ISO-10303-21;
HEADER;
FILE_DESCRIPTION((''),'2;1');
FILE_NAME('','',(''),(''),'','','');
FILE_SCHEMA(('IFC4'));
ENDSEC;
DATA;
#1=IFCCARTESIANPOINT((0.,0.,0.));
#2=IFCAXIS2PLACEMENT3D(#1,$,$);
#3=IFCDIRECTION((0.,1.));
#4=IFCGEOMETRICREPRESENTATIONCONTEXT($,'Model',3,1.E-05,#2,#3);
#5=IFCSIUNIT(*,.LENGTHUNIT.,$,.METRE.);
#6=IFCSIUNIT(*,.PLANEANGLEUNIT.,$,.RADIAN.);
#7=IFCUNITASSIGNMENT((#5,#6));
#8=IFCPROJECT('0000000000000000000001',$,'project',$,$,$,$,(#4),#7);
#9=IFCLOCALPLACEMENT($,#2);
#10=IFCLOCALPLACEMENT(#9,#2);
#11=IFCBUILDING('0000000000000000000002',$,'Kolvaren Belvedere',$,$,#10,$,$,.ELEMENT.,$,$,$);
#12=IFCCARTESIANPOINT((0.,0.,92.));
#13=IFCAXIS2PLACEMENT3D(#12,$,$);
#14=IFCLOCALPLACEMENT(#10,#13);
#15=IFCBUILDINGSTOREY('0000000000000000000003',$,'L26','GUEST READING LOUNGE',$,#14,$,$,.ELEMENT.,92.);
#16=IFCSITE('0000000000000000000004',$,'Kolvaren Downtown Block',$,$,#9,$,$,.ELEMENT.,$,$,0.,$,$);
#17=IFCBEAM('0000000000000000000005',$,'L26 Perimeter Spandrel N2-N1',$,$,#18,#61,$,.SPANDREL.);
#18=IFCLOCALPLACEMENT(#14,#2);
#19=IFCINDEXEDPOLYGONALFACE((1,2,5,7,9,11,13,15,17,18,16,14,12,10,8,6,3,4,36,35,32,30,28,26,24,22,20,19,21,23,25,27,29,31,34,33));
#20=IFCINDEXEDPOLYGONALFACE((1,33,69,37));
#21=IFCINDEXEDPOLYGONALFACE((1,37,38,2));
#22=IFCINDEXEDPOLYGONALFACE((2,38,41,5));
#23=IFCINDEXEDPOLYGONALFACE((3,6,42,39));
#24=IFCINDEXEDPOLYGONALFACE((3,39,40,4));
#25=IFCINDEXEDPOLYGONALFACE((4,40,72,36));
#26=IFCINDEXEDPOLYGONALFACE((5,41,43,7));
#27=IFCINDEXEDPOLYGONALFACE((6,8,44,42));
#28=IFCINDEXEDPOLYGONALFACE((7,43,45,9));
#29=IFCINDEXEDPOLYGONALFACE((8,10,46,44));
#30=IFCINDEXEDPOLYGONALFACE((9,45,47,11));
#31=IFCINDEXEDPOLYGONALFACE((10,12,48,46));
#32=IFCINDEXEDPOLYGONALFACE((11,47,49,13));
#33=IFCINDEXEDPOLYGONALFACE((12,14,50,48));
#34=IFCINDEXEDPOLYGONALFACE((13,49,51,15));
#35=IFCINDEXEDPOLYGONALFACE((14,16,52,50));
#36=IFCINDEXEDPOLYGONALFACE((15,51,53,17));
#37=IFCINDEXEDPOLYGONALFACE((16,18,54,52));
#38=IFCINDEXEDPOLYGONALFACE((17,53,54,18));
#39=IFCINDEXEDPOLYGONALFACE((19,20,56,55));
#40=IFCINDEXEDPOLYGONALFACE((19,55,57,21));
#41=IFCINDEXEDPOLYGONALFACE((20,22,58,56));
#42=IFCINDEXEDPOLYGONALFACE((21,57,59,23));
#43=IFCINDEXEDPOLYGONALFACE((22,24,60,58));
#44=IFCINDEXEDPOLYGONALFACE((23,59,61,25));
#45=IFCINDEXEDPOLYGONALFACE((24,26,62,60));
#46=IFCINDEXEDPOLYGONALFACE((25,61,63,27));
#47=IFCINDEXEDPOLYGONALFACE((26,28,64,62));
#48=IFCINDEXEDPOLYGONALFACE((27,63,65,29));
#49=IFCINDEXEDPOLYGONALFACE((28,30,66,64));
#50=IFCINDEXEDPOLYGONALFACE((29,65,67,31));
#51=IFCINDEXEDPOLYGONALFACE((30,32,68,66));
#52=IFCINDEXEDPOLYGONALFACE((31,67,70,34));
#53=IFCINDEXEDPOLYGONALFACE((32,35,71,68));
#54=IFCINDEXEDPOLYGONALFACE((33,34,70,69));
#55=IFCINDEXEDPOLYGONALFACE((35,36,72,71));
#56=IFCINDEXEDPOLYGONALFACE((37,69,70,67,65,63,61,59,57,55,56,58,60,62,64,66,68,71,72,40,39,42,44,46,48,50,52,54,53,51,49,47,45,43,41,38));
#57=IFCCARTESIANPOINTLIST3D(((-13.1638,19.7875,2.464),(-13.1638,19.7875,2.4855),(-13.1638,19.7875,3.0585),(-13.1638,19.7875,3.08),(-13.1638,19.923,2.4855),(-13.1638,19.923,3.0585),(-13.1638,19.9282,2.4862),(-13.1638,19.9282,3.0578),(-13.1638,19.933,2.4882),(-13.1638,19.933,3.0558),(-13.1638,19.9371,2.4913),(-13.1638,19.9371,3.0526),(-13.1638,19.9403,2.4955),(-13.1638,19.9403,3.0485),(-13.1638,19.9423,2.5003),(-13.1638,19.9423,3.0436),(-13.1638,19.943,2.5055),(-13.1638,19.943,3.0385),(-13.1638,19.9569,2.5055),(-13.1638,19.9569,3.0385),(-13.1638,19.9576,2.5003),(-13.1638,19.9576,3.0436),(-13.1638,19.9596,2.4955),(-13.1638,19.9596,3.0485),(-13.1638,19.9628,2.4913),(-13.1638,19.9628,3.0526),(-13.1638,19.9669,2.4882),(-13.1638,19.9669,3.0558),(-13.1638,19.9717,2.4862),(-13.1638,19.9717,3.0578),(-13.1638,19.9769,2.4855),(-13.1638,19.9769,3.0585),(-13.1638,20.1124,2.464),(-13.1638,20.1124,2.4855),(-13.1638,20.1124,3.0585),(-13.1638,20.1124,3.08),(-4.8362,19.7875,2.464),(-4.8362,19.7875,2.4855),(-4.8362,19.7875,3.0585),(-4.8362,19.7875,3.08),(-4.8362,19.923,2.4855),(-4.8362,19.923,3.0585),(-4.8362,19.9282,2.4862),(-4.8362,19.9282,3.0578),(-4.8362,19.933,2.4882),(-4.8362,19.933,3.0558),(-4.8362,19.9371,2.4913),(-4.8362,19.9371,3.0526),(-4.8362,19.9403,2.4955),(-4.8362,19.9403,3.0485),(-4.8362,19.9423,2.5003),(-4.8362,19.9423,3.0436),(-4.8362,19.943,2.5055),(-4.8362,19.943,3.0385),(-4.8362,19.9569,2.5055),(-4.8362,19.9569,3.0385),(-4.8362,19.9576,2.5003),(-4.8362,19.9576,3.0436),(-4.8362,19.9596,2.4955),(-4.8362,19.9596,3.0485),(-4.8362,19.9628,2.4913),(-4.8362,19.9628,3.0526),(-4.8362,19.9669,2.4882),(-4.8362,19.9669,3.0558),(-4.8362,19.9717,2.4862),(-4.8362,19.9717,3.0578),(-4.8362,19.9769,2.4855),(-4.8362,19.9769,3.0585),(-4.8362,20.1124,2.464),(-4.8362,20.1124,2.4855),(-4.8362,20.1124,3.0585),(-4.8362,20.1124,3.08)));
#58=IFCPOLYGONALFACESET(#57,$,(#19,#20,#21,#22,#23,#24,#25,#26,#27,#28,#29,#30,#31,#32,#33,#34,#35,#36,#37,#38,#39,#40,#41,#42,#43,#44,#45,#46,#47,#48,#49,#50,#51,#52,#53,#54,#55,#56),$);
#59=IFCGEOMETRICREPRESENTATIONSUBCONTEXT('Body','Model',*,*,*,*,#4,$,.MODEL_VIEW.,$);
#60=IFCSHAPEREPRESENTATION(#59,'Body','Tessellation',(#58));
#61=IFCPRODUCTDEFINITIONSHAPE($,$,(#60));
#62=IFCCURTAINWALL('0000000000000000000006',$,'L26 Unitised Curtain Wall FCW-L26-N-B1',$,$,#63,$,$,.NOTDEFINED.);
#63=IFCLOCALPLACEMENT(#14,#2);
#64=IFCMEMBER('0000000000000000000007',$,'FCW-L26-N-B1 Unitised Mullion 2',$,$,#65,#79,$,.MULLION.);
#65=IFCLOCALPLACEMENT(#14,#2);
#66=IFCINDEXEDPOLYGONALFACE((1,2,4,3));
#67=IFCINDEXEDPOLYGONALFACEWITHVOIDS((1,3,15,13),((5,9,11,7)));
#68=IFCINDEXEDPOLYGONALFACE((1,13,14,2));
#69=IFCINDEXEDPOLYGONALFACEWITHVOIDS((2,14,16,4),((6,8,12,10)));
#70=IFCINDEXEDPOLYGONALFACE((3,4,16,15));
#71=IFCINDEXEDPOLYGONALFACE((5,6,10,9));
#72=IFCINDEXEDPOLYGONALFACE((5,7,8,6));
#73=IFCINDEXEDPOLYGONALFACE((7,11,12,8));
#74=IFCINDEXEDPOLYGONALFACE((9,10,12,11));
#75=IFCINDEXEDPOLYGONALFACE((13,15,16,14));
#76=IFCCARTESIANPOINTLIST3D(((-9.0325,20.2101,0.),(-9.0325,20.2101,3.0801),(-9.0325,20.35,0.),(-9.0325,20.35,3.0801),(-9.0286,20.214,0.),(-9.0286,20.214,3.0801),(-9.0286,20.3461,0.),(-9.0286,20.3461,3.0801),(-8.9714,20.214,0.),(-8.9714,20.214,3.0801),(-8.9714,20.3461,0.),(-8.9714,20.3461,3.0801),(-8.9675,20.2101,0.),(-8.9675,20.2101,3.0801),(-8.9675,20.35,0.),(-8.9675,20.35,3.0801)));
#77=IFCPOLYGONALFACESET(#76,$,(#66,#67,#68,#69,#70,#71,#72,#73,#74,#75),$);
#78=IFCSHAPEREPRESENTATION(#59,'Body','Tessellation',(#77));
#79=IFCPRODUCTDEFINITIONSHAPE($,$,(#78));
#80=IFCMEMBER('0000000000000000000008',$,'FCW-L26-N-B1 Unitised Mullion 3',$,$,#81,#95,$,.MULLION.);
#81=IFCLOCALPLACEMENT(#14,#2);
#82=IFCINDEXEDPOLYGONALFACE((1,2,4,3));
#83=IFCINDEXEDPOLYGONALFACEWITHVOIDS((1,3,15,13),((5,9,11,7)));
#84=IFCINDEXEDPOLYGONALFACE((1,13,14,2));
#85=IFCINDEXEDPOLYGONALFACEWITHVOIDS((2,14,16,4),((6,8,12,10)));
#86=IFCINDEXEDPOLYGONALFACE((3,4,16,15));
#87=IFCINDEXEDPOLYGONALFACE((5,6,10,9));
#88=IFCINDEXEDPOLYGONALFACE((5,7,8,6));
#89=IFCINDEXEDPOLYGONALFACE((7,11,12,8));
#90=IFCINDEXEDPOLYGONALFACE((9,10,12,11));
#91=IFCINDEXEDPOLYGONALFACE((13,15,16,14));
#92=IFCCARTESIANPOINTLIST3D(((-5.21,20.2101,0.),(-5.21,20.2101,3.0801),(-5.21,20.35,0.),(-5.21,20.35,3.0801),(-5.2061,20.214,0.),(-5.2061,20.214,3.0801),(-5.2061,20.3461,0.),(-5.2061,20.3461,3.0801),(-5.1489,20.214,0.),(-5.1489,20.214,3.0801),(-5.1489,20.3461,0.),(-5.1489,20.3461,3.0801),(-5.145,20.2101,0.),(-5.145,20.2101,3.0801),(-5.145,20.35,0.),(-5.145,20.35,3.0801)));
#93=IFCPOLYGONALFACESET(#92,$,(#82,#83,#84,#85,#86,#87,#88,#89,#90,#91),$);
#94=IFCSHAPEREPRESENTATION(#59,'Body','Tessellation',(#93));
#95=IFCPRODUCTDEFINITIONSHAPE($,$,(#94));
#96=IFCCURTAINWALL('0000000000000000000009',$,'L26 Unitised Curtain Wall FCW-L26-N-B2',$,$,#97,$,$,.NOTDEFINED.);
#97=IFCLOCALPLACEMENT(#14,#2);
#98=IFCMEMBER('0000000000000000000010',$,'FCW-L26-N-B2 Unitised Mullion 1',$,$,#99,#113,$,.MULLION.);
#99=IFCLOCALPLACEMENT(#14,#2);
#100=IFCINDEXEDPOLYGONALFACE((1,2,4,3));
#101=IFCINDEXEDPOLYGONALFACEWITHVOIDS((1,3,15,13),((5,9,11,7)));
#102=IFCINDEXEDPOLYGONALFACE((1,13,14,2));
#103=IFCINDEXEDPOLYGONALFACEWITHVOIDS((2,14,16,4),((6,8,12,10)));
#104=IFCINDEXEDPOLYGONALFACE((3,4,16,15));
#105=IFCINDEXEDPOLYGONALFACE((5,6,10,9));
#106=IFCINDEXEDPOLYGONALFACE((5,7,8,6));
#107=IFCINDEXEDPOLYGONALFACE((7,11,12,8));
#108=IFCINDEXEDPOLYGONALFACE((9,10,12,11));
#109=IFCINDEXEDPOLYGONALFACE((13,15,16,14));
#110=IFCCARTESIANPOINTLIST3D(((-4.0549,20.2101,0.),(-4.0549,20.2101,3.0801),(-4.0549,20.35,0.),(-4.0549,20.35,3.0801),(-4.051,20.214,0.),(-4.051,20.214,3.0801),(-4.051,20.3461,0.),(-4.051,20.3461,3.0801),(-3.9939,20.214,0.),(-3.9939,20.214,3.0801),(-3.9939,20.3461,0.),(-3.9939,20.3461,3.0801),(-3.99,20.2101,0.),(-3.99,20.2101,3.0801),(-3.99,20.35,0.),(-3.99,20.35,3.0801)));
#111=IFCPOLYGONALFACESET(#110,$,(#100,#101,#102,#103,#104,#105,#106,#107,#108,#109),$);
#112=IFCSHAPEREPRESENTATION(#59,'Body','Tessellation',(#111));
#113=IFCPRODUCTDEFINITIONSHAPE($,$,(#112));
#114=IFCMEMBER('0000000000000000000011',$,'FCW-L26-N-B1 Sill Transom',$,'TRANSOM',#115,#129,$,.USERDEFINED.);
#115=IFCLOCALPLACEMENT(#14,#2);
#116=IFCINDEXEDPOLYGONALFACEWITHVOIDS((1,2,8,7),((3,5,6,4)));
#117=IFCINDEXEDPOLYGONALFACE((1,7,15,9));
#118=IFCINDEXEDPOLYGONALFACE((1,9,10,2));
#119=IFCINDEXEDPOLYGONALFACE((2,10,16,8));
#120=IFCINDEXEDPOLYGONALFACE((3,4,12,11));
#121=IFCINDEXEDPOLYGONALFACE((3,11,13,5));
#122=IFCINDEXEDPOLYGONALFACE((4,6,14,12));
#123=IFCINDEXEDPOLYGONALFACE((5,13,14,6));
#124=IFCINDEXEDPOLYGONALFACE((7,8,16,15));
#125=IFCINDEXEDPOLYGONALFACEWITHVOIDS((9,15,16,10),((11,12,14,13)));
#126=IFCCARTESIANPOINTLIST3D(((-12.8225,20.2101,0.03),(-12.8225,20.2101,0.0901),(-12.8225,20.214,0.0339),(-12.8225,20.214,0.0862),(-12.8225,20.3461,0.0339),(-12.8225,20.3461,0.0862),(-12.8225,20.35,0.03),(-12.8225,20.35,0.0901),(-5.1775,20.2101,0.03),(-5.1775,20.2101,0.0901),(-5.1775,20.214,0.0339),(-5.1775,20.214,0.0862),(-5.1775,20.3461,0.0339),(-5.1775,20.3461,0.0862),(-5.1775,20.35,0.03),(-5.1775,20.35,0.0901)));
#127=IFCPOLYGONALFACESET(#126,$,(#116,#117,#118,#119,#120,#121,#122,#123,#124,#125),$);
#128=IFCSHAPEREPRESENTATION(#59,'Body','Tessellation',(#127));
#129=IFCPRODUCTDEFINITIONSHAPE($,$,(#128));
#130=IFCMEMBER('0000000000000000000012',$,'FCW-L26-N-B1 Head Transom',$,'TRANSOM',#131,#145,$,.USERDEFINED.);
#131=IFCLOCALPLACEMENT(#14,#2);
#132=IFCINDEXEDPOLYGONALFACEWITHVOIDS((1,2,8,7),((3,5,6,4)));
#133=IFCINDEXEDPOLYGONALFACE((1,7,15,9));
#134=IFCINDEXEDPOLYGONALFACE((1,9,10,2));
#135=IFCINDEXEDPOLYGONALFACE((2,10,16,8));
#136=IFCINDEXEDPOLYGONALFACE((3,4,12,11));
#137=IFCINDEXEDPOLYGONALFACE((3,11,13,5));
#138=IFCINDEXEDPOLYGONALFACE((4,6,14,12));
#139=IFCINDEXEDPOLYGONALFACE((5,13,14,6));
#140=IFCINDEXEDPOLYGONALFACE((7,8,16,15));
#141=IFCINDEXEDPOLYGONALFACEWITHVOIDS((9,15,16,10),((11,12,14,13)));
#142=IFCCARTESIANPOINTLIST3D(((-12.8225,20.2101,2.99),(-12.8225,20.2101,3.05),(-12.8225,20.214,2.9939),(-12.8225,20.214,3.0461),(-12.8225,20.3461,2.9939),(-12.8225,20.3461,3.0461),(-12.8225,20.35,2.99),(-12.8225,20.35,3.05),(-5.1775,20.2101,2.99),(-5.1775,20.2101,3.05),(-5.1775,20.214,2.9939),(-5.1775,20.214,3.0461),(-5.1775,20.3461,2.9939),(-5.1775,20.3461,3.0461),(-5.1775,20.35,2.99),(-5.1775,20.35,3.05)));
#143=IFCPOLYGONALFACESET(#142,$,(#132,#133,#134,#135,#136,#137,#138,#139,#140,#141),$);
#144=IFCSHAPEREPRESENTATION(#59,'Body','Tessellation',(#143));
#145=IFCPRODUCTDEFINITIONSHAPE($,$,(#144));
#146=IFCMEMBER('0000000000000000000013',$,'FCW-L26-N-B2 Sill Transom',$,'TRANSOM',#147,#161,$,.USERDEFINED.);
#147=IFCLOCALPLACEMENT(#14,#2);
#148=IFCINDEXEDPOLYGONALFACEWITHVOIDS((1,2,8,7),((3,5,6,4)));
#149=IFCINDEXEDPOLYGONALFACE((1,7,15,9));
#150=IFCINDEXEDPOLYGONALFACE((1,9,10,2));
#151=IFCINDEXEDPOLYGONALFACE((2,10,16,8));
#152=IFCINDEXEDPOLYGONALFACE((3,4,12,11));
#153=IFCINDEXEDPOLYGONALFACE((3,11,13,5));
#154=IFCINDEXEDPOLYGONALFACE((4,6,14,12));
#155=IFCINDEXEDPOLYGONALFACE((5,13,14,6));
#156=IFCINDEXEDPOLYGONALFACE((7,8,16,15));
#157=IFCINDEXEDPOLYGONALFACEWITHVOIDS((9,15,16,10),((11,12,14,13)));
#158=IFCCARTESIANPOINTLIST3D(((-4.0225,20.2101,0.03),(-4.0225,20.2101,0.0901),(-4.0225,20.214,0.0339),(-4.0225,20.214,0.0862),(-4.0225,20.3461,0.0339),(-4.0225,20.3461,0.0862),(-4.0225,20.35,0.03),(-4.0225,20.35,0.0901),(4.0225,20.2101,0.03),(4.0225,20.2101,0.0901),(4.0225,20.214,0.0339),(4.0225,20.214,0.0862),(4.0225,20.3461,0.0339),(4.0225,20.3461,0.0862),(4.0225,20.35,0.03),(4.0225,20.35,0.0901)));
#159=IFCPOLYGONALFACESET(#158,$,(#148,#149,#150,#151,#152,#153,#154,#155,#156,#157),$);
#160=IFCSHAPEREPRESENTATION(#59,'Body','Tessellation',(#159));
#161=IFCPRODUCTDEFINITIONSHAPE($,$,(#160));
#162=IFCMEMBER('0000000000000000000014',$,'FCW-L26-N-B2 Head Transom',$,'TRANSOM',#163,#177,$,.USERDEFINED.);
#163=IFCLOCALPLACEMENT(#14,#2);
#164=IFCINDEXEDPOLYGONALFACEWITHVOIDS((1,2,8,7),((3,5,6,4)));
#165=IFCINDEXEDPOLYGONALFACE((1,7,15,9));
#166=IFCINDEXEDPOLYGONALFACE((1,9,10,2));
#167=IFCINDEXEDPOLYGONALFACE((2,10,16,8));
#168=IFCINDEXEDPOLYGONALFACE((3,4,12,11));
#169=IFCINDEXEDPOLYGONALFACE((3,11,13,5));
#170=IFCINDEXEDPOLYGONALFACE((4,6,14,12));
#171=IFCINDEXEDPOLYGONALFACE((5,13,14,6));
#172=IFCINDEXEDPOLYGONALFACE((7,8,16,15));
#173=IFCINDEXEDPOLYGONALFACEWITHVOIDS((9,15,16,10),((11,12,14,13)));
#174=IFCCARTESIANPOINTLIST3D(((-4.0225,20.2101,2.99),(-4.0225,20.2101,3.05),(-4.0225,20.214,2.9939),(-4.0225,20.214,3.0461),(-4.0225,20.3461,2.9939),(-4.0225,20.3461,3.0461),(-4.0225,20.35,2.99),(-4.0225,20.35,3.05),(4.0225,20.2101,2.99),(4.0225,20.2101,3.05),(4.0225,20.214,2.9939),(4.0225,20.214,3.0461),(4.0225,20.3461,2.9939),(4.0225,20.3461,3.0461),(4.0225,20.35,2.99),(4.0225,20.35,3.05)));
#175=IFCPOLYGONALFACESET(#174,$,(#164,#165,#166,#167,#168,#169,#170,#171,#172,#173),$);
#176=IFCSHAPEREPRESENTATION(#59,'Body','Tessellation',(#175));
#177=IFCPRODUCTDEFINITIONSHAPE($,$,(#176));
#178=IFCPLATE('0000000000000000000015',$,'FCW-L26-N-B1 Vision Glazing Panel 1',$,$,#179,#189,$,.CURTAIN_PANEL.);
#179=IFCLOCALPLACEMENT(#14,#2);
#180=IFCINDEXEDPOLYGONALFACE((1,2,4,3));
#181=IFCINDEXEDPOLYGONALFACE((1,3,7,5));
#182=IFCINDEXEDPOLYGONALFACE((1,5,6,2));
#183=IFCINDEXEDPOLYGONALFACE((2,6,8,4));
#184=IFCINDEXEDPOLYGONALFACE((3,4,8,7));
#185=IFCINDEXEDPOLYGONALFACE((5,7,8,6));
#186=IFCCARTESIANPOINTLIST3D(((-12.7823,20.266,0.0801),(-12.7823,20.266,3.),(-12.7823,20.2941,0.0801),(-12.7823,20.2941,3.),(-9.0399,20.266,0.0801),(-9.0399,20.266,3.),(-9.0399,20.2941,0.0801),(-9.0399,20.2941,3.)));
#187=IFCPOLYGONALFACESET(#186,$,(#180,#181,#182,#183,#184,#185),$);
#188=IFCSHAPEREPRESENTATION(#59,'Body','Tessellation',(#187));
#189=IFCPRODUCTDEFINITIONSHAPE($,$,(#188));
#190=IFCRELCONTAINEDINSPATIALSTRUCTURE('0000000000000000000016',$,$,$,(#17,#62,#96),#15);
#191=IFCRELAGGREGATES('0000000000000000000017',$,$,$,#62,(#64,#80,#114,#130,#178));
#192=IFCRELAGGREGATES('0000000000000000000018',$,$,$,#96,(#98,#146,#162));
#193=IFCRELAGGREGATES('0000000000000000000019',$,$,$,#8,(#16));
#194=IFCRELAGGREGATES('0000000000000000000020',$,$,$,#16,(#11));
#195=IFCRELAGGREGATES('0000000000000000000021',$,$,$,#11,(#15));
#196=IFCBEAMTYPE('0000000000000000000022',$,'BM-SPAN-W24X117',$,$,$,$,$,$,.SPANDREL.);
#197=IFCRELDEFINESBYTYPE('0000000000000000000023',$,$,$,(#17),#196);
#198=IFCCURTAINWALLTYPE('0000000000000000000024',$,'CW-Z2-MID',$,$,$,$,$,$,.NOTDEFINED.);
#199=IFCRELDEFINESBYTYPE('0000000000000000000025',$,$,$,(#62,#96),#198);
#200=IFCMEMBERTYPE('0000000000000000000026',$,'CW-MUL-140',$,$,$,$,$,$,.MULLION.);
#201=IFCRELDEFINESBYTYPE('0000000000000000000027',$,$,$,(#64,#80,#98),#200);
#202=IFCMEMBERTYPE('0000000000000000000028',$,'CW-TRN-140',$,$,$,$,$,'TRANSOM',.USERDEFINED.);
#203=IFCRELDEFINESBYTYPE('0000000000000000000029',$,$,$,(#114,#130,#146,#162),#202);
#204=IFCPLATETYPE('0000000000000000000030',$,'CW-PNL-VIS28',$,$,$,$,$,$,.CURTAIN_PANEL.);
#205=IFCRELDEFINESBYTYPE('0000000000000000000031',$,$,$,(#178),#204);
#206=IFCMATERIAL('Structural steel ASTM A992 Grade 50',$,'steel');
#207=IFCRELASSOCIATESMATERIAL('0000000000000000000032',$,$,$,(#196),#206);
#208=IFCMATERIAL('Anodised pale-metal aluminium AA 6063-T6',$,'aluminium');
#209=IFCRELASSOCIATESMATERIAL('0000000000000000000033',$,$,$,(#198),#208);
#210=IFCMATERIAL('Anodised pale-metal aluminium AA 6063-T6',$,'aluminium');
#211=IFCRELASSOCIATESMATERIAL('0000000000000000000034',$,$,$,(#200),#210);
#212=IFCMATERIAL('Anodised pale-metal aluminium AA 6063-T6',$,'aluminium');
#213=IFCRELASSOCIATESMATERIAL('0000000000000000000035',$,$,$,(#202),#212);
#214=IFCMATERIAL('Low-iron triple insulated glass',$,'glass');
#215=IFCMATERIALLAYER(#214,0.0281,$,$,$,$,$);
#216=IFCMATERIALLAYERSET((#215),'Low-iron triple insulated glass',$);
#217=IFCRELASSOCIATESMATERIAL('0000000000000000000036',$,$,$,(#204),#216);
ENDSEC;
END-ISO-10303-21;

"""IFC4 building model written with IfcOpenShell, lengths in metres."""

from ifc_helpers import new_model, si_unit, direction, frame, origin, origin_2d, place, context, subcontext, project, spatial, rectangle, hollow_rectangle, i_section, extrude, material, layer, layer_set, material_profile, profile_set, type_object, element, aggregate, save


model = new_model("IFC4")

# Units and contexts
model_context = context("Model", 3, precision=1e-05, world=origin(), true_north=direction((0.0, 1.0)))
body_context = subcontext(model_context, "Body", "Model", "MODEL_VIEW")
ifc_project = project(units=[si_unit("LENGTHUNIT", "METRE"), si_unit("PLANEANGLEUNIT", "RADIAN")], contexts=[model_context])

# Site, building, storey
site_placement = place(None, origin())
site = spatial("IfcSite", under=ifc_project, at=site_placement, Name="Kolvaren Downtown Block", CompositionType="ELEMENT", RefElevation=0.0)
building_placement = place(site_placement, origin())
building = spatial("IfcBuilding", under=site, at=building_placement, Name="Kolvaren Belvedere", CompositionType="ELEMENT")
storey_placement = place(building_placement, frame((0.0, 0.0, 92.0)))
storey = spatial("IfcBuildingStorey", under=building, at=storey_placement, Name="L26", Description="GUEST READING LOUNGE", CompositionType="ELEMENT", Elevation=92.0)

# Beam
ifc_material_1 = material(Name="Structural steel ASTM A992 Grade 50", Category="steel")
ifc_material_profile_1 = material_profile(ifc_material_1, i_section(OverallWidth=0.325, OverallDepth=0.616, WebThickness=0.0139, FlangeThickness=0.0215, FilletRadius=0.02, at=origin_2d()), Name="W24X117")
ifc_profile_set_1 = profile_set([ifc_material_profile_1], Name="Structural steel ASTM A992 Grade 50")
beam_type_1 = type_object("IfcBeamType", Name="BM-SPAN-W24X117", PredefinedType="SPANDREL", material=ifc_profile_set_1)
beam_1_placement = place(storey_placement, frame((-4.8362, 19.95, 2.772), z_axis=(-1.0, 0.0, 0.0), x_axis=(0.0, -1.0, 0.0)))
element("IfcBeam", 1, at=beam_1_placement, inside=storey, type_object=beam_type_1, Name="L26 Perimeter Spandrel N2-N1", PredefinedType="SPANDREL", context=body_context, shape_type="SweptSolid", body=[
    extrude(i_section(OverallWidth=0.325, OverallDepth=0.616, WebThickness=0.0139, FlangeThickness=0.0215, FilletRadius=0.02, at=origin_2d()), origin(), (0.0, 0.0, 1.0), 8.3276),
])

# Curtain wall, members
ifc_material_2 = material(Name="Anodised pale-metal aluminium AA 6063-T6", Category="aluminium")
curtain_wall_type = type_object("IfcCurtainWallType", Name="CW-Z2-MID", PredefinedType="NOTDEFINED", material=ifc_material_2)
curtain_wall_1_placement = place(storey_placement, origin())
curtain_wall_1 = element("IfcCurtainWall", 2, at=curtain_wall_1_placement, inside=storey, type_object=curtain_wall_type, Name="L26 Unitised Curtain Wall FCW-L26-N-B1", PredefinedType="NOTDEFINED")
ifc_material_3 = material(Name="Anodised pale-metal aluminium AA 6063-T6", Category="aluminium")
ifc_material_profile_2 = material_profile(ifc_material_3, hollow_rectangle(XDim=0.0649, YDim=0.1399, WallThickness=0.0039, at=origin_2d()), Name="ALU-MUL-140X65")
ifc_profile_set_2 = profile_set([ifc_material_profile_2], Name="Anodised pale-metal aluminium AA 6063-T6")
member_type_1 = type_object("IfcMemberType", Name="CW-MUL-140", PredefinedType="MULLION", material=ifc_profile_set_2)
member_1_placement = place(storey_placement, frame((-9.0, 20.28, 0.0), z_axis=(0.0, 0.0, 1.0), x_axis=(1.0, 0.0, 0.0)))
member_1 = element("IfcMember", 3, at=member_1_placement, type_object=member_type_1, Name="FCW-L26-N-B1 Unitised Mullion 2", PredefinedType="MULLION", context=body_context, shape_type="SweptSolid", body=[
    extrude(hollow_rectangle(XDim=0.0649, YDim=0.1399, WallThickness=0.0039, at=origin_2d()), origin(), (0.0, 0.0, 1.0), 3.0801),
])
member_2_placement = place(storey_placement, frame((-5.1775, 20.28, 0.0), z_axis=(0.0, 0.0, 1.0), x_axis=(1.0, 0.0, 0.0)))
member_2 = element("IfcMember", 4, at=member_2_placement, type_object=member_type_1, Name="FCW-L26-N-B1 Unitised Mullion 3", PredefinedType="MULLION", context=body_context, shape_type="SweptSolid", body=[
    extrude(hollow_rectangle(XDim=0.0649, YDim=0.1399, WallThickness=0.0039, at=origin_2d()), origin(), (0.0, 0.0, 1.0), 3.0801),
])

# Curtain wall, member
curtain_wall_2_placement = place(storey_placement, origin())
curtain_wall_2 = element("IfcCurtainWall", 5, at=curtain_wall_2_placement, inside=storey, type_object=curtain_wall_type, Name="L26 Unitised Curtain Wall FCW-L26-N-B2", PredefinedType="NOTDEFINED")
member_3_placement = place(storey_placement, frame((-4.0225, 20.28, 0.0), z_axis=(0.0, 0.0, 1.0), x_axis=(1.0, 0.0, 0.0)))
member_3 = element("IfcMember", 6, at=member_3_placement, type_object=member_type_1, Name="FCW-L26-N-B2 Unitised Mullion 1", PredefinedType="MULLION", context=body_context, shape_type="SweptSolid", body=[
    extrude(hollow_rectangle(XDim=0.0649, YDim=0.1399, WallThickness=0.0039, at=origin_2d()), origin(), (0.0, 0.0, 1.0), 3.0801),
])

# Members
ifc_material_4 = material(Name="Anodised pale-metal aluminium AA 6063-T6", Category="aluminium")
ifc_material_profile_3 = material_profile(ifc_material_4, hollow_rectangle(XDim=0.0601, YDim=0.1399, WallThickness=0.0039, at=origin_2d()), Name="ALU-TRN-140X60")
ifc_profile_set_3 = profile_set([ifc_material_profile_3], Name="Anodised pale-metal aluminium AA 6063-T6")
member_type_2 = type_object("IfcMemberType", Name="CW-TRN-140", ElementType="TRANSOM", PredefinedType="USERDEFINED", material=ifc_profile_set_3)
member_4_placement = place(storey_placement, frame((-12.8225, 20.28, 0.0601), z_axis=(1.0, 0.0, 0.0), x_axis=(0.0, 0.0, 1.0)))
member_4 = element("IfcMember", 7, at=member_4_placement, type_object=member_type_2, Name="FCW-L26-N-B1 Sill Transom", ObjectType="TRANSOM", PredefinedType="USERDEFINED", context=body_context, shape_type="SweptSolid", body=[
    extrude(hollow_rectangle(XDim=0.0601, YDim=0.1399, WallThickness=0.0039, at=origin_2d()), origin(), (0.0, 0.0, 1.0), 7.645),
])
member_5_placement = place(storey_placement, frame((-12.8225, 20.28, 3.02), z_axis=(1.0, 0.0, 0.0), x_axis=(0.0, 0.0, 1.0)))
member_5 = element("IfcMember", 8, at=member_5_placement, type_object=member_type_2, Name="FCW-L26-N-B1 Head Transom", ObjectType="TRANSOM", PredefinedType="USERDEFINED", context=body_context, shape_type="SweptSolid", body=[
    extrude(hollow_rectangle(XDim=0.0601, YDim=0.1399, WallThickness=0.0039, at=origin_2d()), origin(), (0.0, 0.0, 1.0), 7.645),
])
member_6_placement = place(storey_placement, frame((-4.0225, 20.28, 0.0601), z_axis=(1.0, 0.0, 0.0), x_axis=(0.0, 0.0, 1.0)))
member_6 = element("IfcMember", 9, at=member_6_placement, type_object=member_type_2, Name="FCW-L26-N-B2 Sill Transom", ObjectType="TRANSOM", PredefinedType="USERDEFINED", context=body_context, shape_type="SweptSolid", body=[
    extrude(hollow_rectangle(XDim=0.0601, YDim=0.1399, WallThickness=0.0039, at=origin_2d()), origin(), (0.0, 0.0, 1.0), 8.0449),
])
member_7_placement = place(storey_placement, frame((-4.0225, 20.28, 3.02), z_axis=(1.0, 0.0, 0.0), x_axis=(0.0, 0.0, 1.0)))
member_7 = element("IfcMember", 10, at=member_7_placement, type_object=member_type_2, Name="FCW-L26-N-B2 Head Transom", ObjectType="TRANSOM", PredefinedType="USERDEFINED", context=body_context, shape_type="SweptSolid", body=[
    extrude(hollow_rectangle(XDim=0.0601, YDim=0.1399, WallThickness=0.0039, at=origin_2d()), origin(), (0.0, 0.0, 1.0), 8.0449),
])

# Plate
ifc_material_5 = material(Name="Low-iron triple insulated glass", Category="glass")
ifc_layer_1 = layer(ifc_material_5, 0.0281)
ifc_layer_set_1 = layer_set([ifc_layer_1], Name="Low-iron triple insulated glass")
plate_type_1 = type_object("IfcPlateType", Name="CW-PNL-VIS28", PredefinedType="CURTAIN_PANEL", material=ifc_layer_set_1)
plate_1_placement = place(storey_placement, frame((-10.9111, 20.28, 0.0801), z_axis=(0.0, 0.0, 1.0), x_axis=(1.0, 0.0, 0.0)))
plate_1 = element("IfcPlate", 11, at=plate_1_placement, type_object=plate_type_1, Name="FCW-L26-N-B1 Vision Glazing Panel 1", PredefinedType="CURTAIN_PANEL", context=body_context, shape_type="SweptSolid", body=[
    extrude(rectangle(XDim=3.7424, YDim=0.0281, at=origin_2d()), origin(), (0.0, 0.0, 1.0), 2.9199),
])
aggregate(curtain_wall_1, [member_1, member_2, member_4, member_5, plate_1])
aggregate(curtain_wall_2, [member_3, member_6, member_7])

save(model, "model.ifc")
